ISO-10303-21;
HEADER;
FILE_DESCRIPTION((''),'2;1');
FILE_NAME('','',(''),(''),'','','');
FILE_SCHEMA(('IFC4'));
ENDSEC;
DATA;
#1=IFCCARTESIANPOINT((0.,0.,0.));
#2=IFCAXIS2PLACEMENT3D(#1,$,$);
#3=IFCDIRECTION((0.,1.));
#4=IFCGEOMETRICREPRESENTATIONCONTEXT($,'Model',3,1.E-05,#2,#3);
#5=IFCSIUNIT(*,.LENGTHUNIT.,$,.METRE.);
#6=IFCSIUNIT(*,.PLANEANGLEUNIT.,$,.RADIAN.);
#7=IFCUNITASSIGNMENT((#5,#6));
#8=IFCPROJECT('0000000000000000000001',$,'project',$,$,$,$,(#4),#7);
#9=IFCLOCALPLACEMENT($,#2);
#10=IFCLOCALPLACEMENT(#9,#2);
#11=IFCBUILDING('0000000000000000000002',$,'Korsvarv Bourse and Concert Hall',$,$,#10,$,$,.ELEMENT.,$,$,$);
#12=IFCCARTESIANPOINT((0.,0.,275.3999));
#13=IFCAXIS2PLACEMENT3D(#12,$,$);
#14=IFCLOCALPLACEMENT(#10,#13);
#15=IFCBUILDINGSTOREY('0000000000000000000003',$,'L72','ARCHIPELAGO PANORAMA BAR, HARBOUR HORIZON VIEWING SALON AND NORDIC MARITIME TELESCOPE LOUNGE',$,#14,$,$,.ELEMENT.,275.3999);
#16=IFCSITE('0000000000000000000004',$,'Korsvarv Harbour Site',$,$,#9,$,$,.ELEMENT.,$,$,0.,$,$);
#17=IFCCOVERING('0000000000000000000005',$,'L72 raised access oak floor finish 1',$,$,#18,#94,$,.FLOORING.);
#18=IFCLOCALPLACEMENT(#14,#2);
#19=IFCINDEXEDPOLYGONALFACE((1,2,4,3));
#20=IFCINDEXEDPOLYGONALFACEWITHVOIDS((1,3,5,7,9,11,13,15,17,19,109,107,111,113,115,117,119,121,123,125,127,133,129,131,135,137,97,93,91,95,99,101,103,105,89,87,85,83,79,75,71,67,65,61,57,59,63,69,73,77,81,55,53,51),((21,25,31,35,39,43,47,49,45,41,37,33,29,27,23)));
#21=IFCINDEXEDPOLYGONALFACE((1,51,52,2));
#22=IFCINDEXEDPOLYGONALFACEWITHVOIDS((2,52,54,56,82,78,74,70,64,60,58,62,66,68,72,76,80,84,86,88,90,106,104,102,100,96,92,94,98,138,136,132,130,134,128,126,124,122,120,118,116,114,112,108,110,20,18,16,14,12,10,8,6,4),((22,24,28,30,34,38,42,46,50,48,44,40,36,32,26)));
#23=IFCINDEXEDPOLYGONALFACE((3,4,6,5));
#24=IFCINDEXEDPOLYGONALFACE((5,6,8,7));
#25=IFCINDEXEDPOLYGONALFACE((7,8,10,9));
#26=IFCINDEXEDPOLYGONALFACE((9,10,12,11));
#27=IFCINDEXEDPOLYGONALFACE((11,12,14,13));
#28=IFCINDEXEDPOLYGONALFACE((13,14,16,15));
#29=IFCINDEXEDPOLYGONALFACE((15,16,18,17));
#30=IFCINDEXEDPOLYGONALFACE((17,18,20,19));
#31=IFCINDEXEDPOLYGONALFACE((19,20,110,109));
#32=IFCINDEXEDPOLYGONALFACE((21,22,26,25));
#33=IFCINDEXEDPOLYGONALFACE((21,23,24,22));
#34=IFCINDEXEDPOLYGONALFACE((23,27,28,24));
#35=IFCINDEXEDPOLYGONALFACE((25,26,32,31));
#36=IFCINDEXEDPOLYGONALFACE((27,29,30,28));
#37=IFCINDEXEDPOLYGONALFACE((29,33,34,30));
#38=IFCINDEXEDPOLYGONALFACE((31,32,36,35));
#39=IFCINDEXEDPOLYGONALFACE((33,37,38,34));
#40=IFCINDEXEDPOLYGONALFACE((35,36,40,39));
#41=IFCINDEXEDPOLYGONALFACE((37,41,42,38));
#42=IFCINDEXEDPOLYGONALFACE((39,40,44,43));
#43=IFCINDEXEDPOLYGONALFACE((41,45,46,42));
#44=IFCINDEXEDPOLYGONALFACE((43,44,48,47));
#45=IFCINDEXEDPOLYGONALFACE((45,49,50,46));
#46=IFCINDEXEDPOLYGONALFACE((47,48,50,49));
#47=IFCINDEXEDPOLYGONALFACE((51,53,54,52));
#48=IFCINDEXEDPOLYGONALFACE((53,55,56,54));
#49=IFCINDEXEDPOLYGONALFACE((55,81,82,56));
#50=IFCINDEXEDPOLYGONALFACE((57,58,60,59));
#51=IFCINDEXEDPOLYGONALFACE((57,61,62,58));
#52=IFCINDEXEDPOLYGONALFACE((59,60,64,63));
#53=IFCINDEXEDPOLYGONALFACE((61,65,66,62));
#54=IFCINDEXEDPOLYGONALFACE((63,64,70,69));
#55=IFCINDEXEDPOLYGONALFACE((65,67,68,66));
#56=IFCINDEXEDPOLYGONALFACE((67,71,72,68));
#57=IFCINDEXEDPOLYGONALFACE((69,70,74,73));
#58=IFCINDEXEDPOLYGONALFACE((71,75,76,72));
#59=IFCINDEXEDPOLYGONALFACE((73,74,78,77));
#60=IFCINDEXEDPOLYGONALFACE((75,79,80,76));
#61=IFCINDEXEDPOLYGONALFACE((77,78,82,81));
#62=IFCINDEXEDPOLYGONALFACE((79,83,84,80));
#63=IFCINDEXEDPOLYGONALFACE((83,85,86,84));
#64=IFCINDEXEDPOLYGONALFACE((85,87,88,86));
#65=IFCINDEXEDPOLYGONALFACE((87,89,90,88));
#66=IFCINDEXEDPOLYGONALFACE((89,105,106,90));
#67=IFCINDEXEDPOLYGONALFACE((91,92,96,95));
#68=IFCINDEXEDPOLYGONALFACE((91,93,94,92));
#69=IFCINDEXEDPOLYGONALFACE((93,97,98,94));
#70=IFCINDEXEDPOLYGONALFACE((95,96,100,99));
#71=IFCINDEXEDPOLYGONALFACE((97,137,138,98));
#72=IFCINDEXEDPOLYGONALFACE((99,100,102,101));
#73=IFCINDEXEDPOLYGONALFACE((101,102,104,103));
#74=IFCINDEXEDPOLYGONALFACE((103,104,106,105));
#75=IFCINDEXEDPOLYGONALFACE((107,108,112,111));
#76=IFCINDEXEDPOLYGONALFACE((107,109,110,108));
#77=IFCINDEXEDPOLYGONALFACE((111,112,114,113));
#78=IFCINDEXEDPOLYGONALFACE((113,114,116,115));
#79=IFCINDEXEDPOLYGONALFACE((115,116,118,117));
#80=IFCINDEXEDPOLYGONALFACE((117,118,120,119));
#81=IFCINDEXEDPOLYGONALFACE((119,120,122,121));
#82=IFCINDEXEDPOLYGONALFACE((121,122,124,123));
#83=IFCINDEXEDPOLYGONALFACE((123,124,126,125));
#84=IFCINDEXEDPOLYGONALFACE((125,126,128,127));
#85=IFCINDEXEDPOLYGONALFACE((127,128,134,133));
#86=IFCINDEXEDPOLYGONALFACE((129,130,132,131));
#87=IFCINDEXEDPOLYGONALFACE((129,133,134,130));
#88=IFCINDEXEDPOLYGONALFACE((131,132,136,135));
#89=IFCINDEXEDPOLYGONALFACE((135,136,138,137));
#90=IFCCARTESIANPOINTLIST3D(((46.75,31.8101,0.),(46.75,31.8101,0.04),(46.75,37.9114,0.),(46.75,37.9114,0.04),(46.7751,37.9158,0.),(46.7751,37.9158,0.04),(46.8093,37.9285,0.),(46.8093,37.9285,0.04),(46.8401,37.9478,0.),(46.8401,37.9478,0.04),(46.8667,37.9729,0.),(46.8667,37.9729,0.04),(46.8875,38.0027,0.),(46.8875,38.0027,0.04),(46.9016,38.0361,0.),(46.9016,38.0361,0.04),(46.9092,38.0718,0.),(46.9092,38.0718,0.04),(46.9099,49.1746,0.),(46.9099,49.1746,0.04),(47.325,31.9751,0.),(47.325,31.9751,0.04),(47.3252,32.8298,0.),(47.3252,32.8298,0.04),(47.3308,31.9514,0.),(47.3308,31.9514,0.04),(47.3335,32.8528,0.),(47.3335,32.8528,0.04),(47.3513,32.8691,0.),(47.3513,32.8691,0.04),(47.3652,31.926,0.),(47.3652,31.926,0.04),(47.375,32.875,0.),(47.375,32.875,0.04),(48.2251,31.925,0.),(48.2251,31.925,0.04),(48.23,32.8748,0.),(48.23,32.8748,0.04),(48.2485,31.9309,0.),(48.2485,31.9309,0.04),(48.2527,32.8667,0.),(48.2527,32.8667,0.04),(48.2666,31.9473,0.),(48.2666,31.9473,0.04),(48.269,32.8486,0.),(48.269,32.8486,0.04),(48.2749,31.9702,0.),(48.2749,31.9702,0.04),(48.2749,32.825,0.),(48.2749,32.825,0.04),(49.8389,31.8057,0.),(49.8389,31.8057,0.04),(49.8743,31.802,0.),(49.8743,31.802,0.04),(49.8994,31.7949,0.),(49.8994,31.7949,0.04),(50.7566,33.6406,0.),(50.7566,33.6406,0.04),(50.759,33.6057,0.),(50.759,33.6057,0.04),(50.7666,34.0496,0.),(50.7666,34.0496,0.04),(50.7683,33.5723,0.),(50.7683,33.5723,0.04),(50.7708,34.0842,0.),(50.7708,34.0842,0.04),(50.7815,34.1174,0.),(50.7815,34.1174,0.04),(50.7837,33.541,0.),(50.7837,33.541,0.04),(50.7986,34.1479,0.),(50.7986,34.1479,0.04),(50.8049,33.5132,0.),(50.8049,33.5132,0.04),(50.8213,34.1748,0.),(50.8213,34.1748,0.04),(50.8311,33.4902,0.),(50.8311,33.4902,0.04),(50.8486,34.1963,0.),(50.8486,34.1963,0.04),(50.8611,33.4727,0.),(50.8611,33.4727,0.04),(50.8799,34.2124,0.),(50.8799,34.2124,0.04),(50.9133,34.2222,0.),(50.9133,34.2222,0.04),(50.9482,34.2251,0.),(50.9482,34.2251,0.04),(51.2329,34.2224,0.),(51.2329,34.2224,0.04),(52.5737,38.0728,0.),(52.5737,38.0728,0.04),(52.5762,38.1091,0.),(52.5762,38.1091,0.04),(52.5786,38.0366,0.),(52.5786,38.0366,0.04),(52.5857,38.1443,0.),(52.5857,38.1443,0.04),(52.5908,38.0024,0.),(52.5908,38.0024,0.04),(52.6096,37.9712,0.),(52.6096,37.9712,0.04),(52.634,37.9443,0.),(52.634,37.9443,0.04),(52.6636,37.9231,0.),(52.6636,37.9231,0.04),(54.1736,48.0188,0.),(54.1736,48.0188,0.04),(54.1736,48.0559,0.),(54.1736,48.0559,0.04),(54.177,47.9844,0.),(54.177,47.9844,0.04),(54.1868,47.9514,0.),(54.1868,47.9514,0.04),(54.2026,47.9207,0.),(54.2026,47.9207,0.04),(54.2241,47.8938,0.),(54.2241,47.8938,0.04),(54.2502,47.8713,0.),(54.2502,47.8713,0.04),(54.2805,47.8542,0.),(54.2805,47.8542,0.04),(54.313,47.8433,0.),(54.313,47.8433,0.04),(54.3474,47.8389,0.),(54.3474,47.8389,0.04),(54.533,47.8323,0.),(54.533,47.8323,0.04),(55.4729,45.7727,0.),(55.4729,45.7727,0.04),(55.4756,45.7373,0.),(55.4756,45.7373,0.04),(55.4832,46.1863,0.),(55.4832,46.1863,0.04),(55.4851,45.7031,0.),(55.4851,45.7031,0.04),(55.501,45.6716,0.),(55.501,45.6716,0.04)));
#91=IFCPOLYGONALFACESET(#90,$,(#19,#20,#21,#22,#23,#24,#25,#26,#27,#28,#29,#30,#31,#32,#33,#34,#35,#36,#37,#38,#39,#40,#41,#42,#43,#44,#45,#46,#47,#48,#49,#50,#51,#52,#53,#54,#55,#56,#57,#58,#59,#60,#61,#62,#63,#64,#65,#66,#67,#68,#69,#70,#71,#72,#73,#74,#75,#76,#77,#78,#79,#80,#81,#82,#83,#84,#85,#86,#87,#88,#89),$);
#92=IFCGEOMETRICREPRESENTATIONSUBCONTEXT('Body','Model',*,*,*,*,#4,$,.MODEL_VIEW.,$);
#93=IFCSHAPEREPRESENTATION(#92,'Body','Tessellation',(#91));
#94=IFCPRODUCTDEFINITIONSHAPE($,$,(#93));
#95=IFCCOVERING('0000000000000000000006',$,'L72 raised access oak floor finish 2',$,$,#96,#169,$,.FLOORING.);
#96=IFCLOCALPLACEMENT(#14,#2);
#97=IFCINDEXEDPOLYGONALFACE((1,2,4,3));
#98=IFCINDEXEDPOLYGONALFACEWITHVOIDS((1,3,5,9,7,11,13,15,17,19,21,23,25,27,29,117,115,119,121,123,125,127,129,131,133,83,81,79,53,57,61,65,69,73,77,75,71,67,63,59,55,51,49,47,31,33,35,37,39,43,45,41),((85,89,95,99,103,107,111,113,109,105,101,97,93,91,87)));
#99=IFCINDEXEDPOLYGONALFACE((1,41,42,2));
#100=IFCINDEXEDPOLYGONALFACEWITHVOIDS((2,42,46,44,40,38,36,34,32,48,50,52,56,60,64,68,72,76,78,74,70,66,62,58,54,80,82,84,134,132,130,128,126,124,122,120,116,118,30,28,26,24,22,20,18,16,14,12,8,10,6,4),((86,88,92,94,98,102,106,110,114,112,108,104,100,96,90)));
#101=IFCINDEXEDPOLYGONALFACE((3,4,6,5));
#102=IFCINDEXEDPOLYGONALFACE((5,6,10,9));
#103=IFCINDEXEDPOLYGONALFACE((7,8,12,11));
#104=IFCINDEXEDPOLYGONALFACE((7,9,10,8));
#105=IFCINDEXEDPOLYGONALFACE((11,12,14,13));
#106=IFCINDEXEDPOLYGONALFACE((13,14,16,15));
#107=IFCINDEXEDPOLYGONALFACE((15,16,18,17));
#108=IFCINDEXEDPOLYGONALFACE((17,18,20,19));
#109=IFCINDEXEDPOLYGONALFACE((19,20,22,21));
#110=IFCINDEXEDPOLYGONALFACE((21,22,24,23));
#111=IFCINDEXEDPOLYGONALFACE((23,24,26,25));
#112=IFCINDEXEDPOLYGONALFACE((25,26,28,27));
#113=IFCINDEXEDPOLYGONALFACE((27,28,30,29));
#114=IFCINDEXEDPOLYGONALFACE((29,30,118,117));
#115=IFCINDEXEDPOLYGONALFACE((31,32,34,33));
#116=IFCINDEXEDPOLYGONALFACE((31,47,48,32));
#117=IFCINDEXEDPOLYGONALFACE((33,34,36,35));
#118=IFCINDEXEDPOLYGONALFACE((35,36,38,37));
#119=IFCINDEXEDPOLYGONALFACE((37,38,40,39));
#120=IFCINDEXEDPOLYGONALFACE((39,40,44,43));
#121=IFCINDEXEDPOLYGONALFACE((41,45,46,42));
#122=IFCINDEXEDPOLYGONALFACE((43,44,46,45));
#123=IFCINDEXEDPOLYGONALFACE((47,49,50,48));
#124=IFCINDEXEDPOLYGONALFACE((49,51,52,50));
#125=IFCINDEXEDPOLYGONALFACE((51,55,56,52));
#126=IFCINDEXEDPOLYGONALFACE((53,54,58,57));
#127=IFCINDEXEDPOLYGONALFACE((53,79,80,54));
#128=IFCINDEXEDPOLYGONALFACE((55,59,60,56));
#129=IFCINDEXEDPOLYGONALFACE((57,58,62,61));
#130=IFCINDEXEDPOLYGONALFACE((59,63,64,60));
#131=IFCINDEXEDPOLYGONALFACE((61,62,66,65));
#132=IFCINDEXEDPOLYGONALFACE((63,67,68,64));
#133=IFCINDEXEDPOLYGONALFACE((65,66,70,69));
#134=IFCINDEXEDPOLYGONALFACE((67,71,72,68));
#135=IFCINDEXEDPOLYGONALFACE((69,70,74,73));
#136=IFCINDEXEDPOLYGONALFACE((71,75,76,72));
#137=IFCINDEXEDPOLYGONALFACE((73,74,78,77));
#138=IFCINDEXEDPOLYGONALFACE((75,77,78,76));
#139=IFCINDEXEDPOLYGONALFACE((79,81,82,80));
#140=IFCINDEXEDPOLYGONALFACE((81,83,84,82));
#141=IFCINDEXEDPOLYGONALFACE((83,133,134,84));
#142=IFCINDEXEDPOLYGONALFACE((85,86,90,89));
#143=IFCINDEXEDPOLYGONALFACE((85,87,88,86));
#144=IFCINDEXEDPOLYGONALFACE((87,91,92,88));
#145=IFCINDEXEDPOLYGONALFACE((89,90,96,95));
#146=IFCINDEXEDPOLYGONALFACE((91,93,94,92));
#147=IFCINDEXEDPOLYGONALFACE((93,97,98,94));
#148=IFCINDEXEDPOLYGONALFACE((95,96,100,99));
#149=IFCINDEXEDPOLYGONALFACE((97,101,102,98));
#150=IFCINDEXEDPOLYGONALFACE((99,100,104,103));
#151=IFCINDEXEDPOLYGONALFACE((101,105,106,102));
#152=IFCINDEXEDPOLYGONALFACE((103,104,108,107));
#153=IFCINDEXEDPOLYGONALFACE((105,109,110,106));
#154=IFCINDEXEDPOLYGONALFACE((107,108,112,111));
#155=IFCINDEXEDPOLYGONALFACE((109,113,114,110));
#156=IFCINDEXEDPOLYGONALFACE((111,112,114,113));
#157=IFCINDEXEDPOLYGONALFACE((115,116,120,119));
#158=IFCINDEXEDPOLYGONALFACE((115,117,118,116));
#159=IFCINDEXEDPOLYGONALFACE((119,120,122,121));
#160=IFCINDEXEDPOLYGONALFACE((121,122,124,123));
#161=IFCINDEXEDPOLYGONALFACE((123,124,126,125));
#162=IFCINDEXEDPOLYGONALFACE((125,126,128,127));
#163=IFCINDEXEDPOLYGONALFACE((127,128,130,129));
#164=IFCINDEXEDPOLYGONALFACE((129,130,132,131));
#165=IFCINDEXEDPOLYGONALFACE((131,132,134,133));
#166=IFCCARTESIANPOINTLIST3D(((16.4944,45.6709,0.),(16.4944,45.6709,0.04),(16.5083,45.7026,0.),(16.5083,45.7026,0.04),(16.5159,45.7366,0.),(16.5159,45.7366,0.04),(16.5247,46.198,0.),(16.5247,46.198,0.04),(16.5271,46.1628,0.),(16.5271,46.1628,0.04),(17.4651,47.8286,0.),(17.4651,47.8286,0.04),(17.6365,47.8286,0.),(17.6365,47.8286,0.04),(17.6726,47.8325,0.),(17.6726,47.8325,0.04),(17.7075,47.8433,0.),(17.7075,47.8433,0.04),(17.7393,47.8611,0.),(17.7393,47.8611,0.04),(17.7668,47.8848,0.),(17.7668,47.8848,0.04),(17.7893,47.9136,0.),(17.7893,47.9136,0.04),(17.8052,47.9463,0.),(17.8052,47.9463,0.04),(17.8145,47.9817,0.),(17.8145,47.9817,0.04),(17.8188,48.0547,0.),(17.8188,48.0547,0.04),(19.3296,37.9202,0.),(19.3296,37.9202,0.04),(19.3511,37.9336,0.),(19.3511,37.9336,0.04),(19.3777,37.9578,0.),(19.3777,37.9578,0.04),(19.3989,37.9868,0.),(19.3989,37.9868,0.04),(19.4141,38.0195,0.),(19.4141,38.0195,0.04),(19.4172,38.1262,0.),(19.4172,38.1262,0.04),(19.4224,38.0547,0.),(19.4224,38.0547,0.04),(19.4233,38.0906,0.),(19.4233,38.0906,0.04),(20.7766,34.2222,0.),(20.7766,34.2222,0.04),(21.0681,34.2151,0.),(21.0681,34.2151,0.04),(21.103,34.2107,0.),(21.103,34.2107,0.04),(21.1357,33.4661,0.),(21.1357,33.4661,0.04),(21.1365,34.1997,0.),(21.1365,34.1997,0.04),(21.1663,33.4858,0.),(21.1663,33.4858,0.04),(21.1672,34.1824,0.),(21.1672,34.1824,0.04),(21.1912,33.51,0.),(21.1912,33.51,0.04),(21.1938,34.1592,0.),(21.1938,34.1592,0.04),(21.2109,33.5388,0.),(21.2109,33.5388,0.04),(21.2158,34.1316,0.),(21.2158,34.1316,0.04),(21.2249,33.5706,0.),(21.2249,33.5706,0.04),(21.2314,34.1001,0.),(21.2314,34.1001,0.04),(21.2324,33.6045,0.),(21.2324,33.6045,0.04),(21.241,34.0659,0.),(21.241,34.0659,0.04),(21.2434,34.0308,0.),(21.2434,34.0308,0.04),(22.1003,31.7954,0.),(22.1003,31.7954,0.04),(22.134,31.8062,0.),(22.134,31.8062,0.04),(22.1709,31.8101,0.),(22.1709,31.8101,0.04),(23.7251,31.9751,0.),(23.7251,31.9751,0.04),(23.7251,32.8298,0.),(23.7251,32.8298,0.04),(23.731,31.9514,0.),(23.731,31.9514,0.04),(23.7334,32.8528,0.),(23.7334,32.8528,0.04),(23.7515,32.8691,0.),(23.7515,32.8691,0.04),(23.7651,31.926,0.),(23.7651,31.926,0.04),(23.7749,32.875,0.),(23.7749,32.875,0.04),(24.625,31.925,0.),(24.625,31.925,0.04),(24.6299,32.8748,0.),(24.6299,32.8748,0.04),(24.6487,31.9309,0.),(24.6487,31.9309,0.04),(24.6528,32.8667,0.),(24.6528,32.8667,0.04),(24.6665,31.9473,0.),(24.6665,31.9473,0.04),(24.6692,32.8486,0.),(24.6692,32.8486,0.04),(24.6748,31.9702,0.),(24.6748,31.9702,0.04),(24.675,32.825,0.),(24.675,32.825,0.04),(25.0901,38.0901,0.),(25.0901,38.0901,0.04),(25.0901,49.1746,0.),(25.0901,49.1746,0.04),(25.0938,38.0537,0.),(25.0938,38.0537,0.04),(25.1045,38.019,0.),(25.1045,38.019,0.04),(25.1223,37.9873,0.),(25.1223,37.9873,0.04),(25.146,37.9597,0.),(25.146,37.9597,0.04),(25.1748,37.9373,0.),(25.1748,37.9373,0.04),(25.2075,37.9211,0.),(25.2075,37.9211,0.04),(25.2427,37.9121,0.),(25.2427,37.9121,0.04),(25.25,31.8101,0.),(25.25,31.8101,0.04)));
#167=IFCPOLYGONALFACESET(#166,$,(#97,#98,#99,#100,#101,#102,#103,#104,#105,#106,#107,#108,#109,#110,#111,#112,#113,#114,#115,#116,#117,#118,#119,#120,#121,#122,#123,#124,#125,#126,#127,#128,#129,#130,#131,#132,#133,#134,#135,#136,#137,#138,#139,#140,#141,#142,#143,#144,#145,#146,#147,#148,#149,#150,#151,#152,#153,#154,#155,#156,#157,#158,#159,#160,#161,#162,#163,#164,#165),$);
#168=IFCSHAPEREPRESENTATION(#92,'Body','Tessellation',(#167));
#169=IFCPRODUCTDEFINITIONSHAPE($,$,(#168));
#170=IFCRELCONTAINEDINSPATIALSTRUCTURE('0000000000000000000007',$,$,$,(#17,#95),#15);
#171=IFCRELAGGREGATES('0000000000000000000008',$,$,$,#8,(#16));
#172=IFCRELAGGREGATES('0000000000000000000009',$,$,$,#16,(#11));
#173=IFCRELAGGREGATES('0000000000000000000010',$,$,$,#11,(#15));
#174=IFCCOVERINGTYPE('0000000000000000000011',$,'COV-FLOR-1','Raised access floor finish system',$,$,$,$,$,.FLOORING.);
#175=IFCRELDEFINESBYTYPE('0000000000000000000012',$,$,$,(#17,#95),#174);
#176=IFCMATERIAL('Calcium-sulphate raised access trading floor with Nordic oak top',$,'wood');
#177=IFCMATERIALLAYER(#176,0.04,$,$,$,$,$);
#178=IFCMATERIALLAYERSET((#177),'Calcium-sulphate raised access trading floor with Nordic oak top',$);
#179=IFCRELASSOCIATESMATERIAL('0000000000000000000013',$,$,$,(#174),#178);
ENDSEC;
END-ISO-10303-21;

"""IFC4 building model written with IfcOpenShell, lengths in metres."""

from ifc_helpers import new_model, si_unit, direction, frame, origin, place, context, subcontext, project, spatial, polyline, outline, extrude, material, layer, layer_set, type_object, element, save


model = new_model("IFC4")

# Units and contexts
model_context = context("Model", 3, precision=1e-05, world=origin(), true_north=direction((0.0, 1.0)))
body_context = subcontext(model_context, "Body", "Model", "MODEL_VIEW")
ifc_project = project(units=[si_unit("LENGTHUNIT", "METRE"), si_unit("PLANEANGLEUNIT", "RADIAN")], contexts=[model_context])

# Site, building, storey
site_placement = place(None, origin())
site = spatial("IfcSite", under=ifc_project, at=site_placement, Name="Korsvarv Harbour Site", CompositionType="ELEMENT", RefElevation=0.0)
building_placement = place(site_placement, origin())
building = spatial("IfcBuilding", under=site, at=building_placement, Name="Korsvarv Bourse and Concert Hall", CompositionType="ELEMENT")
storey_placement = place(building_placement, frame((0.0, 0.0, 275.3999)))
storey = spatial("IfcBuildingStorey", under=building, at=storey_placement, Name="L72", Description="ARCHIPELAGO PANORAMA BAR, HARBOUR HORIZON VIEWING SALON AND NORDIC MARITIME TELESCOPE LOUNGE", CompositionType="ELEMENT", Elevation=275.3999)

# Coverings
ifc_material_1 = material(Name="Calcium-sulphate raised access trading floor with Nordic oak top", Category="wood")
ifc_layer_1 = layer(ifc_material_1, 0.04)
ifc_layer_set_1 = layer_set([ifc_layer_1], Name="Calcium-sulphate raised access trading floor with Nordic oak top")
covering_type_1 = type_object("IfcCoveringType", Name="COV-FLOR-1", Description="Raised access floor finish system", PredefinedType="FLOORING", material=ifc_layer_set_1)
covering_1_placement = place(storey_placement, origin())
element("IfcCovering", 1, at=covering_1_placement, inside=storey, type_object=covering_type_1, Name="L72 raised access oak floor finish 1", PredefinedType="FLOORING", context=body_context, shape_type="SweptSolid", body=[
    extrude(outline(polyline([(46.75, 37.9114), (46.7751, 37.9158), (46.8093, 37.9285), (46.8401, 37.9478), (46.8667, 37.9729), (46.8875, 38.0027), (46.9016, 38.0361), (46.9092, 38.0718), (46.9099, 49.1746), (54.1736, 48.0559), (54.1736, 48.0188), (54.177, 47.9844), (54.1868, 47.9514), (54.2026, 47.9207), (54.2241, 47.8938), (54.2502, 47.8713), (54.2805, 47.8542), (54.313, 47.8433), (54.3474, 47.8389), (54.533, 47.8323), (55.4832, 46.1863), (55.4729, 45.7727), (55.4756, 45.7373), (55.4851, 45.7031), (55.501, 45.6716), (52.5857, 38.1443), (52.5762, 38.1091), (52.5737, 38.0728), (52.5786, 38.0366), (52.5908, 38.0024), (52.6096, 37.9712), (52.634, 37.9443), (52.6636, 37.9231), (51.2329, 34.2224), (50.9482, 34.2251), (50.9133, 34.2222), (50.8799, 34.2124), (50.8486, 34.1963), (50.8213, 34.1748), (50.7986, 34.1479), (50.7815, 34.1174), (50.7708, 34.0842), (50.7666, 34.0496), (50.7566, 33.6406), (50.759, 33.6057), (50.7683, 33.5723), (50.7837, 33.541), (50.8049, 33.5132), (50.8311, 33.4902), (50.8611, 33.4727), (49.8994, 31.7949), (49.8743, 31.802), (49.8389, 31.8057), (46.75, 31.8101), (46.75, 37.9114)]), holes=[polyline([(47.3652, 31.926), (48.2251, 31.925), (48.2485, 31.9309), (48.2666, 31.9473), (48.2749, 31.9702), (48.2749, 32.825), (48.269, 32.8486), (48.2527, 32.8667), (48.23, 32.8748), (47.375, 32.875), (47.3513, 32.8691), (47.3335, 32.8528), (47.3252, 32.8298), (47.325, 31.9751), (47.3308, 31.9514), (47.3652, 31.926)])]), origin(), (0.0, 0.0, 1.0), 0.04),
])
covering_2_placement = place(storey_placement, origin())
element("IfcCovering", 2, at=covering_2_placement, inside=storey, type_object=covering_type_1, Name="L72 raised access oak floor finish 2", PredefinedType="FLOORING", context=body_context, shape_type="SweptSolid", body=[
    extrude(outline(polyline([(16.4944, 45.6709), (16.5083, 45.7026), (16.5159, 45.7366), (16.5271, 46.1628), (16.5247, 46.198), (17.4651, 47.8286), (17.6365, 47.8286), (17.6726, 47.8325), (17.7075, 47.8433), (17.7393, 47.8611), (17.7668, 47.8848), (17.7893, 47.9136), (17.8052, 47.9463), (17.8145, 47.9817), (17.8188, 48.0547), (25.0901, 49.1746), (25.0901, 38.0901), (25.0938, 38.0537), (25.1045, 38.019), (25.1223, 37.9873), (25.146, 37.9597), (25.1748, 37.9373), (25.2075, 37.9211), (25.2427, 37.9121), (25.25, 31.8101), (22.1709, 31.8101), (22.134, 31.8062), (22.1003, 31.7954), (21.1357, 33.4661), (21.1663, 33.4858), (21.1912, 33.51), (21.2109, 33.5388), (21.2249, 33.5706), (21.2324, 33.6045), (21.2434, 34.0308), (21.241, 34.0659), (21.2314, 34.1001), (21.2158, 34.1316), (21.1938, 34.1592), (21.1672, 34.1824), (21.1365, 34.1997), (21.103, 34.2107), (21.0681, 34.2151), (20.7766, 34.2222), (19.3296, 37.9202), (19.3511, 37.9336), (19.3777, 37.9578), (19.3989, 37.9868), (19.4141, 38.0195), (19.4224, 38.0547), (19.4233, 38.0906), (19.4172, 38.1262), (16.4944, 45.6709)]), holes=[polyline([(23.7651, 31.926), (24.625, 31.925), (24.6487, 31.9309), (24.6665, 31.9473), (24.6748, 31.9702), (24.675, 32.825), (24.6692, 32.8486), (24.6528, 32.8667), (24.6299, 32.8748), (23.7749, 32.875), (23.7515, 32.8691), (23.7334, 32.8528), (23.7251, 32.8298), (23.7251, 31.9751), (23.731, 31.9514), (23.7651, 31.926)])]), origin(), (0.0, 0.0, 1.0), 0.04),
])

save(model, "model.ifc")
